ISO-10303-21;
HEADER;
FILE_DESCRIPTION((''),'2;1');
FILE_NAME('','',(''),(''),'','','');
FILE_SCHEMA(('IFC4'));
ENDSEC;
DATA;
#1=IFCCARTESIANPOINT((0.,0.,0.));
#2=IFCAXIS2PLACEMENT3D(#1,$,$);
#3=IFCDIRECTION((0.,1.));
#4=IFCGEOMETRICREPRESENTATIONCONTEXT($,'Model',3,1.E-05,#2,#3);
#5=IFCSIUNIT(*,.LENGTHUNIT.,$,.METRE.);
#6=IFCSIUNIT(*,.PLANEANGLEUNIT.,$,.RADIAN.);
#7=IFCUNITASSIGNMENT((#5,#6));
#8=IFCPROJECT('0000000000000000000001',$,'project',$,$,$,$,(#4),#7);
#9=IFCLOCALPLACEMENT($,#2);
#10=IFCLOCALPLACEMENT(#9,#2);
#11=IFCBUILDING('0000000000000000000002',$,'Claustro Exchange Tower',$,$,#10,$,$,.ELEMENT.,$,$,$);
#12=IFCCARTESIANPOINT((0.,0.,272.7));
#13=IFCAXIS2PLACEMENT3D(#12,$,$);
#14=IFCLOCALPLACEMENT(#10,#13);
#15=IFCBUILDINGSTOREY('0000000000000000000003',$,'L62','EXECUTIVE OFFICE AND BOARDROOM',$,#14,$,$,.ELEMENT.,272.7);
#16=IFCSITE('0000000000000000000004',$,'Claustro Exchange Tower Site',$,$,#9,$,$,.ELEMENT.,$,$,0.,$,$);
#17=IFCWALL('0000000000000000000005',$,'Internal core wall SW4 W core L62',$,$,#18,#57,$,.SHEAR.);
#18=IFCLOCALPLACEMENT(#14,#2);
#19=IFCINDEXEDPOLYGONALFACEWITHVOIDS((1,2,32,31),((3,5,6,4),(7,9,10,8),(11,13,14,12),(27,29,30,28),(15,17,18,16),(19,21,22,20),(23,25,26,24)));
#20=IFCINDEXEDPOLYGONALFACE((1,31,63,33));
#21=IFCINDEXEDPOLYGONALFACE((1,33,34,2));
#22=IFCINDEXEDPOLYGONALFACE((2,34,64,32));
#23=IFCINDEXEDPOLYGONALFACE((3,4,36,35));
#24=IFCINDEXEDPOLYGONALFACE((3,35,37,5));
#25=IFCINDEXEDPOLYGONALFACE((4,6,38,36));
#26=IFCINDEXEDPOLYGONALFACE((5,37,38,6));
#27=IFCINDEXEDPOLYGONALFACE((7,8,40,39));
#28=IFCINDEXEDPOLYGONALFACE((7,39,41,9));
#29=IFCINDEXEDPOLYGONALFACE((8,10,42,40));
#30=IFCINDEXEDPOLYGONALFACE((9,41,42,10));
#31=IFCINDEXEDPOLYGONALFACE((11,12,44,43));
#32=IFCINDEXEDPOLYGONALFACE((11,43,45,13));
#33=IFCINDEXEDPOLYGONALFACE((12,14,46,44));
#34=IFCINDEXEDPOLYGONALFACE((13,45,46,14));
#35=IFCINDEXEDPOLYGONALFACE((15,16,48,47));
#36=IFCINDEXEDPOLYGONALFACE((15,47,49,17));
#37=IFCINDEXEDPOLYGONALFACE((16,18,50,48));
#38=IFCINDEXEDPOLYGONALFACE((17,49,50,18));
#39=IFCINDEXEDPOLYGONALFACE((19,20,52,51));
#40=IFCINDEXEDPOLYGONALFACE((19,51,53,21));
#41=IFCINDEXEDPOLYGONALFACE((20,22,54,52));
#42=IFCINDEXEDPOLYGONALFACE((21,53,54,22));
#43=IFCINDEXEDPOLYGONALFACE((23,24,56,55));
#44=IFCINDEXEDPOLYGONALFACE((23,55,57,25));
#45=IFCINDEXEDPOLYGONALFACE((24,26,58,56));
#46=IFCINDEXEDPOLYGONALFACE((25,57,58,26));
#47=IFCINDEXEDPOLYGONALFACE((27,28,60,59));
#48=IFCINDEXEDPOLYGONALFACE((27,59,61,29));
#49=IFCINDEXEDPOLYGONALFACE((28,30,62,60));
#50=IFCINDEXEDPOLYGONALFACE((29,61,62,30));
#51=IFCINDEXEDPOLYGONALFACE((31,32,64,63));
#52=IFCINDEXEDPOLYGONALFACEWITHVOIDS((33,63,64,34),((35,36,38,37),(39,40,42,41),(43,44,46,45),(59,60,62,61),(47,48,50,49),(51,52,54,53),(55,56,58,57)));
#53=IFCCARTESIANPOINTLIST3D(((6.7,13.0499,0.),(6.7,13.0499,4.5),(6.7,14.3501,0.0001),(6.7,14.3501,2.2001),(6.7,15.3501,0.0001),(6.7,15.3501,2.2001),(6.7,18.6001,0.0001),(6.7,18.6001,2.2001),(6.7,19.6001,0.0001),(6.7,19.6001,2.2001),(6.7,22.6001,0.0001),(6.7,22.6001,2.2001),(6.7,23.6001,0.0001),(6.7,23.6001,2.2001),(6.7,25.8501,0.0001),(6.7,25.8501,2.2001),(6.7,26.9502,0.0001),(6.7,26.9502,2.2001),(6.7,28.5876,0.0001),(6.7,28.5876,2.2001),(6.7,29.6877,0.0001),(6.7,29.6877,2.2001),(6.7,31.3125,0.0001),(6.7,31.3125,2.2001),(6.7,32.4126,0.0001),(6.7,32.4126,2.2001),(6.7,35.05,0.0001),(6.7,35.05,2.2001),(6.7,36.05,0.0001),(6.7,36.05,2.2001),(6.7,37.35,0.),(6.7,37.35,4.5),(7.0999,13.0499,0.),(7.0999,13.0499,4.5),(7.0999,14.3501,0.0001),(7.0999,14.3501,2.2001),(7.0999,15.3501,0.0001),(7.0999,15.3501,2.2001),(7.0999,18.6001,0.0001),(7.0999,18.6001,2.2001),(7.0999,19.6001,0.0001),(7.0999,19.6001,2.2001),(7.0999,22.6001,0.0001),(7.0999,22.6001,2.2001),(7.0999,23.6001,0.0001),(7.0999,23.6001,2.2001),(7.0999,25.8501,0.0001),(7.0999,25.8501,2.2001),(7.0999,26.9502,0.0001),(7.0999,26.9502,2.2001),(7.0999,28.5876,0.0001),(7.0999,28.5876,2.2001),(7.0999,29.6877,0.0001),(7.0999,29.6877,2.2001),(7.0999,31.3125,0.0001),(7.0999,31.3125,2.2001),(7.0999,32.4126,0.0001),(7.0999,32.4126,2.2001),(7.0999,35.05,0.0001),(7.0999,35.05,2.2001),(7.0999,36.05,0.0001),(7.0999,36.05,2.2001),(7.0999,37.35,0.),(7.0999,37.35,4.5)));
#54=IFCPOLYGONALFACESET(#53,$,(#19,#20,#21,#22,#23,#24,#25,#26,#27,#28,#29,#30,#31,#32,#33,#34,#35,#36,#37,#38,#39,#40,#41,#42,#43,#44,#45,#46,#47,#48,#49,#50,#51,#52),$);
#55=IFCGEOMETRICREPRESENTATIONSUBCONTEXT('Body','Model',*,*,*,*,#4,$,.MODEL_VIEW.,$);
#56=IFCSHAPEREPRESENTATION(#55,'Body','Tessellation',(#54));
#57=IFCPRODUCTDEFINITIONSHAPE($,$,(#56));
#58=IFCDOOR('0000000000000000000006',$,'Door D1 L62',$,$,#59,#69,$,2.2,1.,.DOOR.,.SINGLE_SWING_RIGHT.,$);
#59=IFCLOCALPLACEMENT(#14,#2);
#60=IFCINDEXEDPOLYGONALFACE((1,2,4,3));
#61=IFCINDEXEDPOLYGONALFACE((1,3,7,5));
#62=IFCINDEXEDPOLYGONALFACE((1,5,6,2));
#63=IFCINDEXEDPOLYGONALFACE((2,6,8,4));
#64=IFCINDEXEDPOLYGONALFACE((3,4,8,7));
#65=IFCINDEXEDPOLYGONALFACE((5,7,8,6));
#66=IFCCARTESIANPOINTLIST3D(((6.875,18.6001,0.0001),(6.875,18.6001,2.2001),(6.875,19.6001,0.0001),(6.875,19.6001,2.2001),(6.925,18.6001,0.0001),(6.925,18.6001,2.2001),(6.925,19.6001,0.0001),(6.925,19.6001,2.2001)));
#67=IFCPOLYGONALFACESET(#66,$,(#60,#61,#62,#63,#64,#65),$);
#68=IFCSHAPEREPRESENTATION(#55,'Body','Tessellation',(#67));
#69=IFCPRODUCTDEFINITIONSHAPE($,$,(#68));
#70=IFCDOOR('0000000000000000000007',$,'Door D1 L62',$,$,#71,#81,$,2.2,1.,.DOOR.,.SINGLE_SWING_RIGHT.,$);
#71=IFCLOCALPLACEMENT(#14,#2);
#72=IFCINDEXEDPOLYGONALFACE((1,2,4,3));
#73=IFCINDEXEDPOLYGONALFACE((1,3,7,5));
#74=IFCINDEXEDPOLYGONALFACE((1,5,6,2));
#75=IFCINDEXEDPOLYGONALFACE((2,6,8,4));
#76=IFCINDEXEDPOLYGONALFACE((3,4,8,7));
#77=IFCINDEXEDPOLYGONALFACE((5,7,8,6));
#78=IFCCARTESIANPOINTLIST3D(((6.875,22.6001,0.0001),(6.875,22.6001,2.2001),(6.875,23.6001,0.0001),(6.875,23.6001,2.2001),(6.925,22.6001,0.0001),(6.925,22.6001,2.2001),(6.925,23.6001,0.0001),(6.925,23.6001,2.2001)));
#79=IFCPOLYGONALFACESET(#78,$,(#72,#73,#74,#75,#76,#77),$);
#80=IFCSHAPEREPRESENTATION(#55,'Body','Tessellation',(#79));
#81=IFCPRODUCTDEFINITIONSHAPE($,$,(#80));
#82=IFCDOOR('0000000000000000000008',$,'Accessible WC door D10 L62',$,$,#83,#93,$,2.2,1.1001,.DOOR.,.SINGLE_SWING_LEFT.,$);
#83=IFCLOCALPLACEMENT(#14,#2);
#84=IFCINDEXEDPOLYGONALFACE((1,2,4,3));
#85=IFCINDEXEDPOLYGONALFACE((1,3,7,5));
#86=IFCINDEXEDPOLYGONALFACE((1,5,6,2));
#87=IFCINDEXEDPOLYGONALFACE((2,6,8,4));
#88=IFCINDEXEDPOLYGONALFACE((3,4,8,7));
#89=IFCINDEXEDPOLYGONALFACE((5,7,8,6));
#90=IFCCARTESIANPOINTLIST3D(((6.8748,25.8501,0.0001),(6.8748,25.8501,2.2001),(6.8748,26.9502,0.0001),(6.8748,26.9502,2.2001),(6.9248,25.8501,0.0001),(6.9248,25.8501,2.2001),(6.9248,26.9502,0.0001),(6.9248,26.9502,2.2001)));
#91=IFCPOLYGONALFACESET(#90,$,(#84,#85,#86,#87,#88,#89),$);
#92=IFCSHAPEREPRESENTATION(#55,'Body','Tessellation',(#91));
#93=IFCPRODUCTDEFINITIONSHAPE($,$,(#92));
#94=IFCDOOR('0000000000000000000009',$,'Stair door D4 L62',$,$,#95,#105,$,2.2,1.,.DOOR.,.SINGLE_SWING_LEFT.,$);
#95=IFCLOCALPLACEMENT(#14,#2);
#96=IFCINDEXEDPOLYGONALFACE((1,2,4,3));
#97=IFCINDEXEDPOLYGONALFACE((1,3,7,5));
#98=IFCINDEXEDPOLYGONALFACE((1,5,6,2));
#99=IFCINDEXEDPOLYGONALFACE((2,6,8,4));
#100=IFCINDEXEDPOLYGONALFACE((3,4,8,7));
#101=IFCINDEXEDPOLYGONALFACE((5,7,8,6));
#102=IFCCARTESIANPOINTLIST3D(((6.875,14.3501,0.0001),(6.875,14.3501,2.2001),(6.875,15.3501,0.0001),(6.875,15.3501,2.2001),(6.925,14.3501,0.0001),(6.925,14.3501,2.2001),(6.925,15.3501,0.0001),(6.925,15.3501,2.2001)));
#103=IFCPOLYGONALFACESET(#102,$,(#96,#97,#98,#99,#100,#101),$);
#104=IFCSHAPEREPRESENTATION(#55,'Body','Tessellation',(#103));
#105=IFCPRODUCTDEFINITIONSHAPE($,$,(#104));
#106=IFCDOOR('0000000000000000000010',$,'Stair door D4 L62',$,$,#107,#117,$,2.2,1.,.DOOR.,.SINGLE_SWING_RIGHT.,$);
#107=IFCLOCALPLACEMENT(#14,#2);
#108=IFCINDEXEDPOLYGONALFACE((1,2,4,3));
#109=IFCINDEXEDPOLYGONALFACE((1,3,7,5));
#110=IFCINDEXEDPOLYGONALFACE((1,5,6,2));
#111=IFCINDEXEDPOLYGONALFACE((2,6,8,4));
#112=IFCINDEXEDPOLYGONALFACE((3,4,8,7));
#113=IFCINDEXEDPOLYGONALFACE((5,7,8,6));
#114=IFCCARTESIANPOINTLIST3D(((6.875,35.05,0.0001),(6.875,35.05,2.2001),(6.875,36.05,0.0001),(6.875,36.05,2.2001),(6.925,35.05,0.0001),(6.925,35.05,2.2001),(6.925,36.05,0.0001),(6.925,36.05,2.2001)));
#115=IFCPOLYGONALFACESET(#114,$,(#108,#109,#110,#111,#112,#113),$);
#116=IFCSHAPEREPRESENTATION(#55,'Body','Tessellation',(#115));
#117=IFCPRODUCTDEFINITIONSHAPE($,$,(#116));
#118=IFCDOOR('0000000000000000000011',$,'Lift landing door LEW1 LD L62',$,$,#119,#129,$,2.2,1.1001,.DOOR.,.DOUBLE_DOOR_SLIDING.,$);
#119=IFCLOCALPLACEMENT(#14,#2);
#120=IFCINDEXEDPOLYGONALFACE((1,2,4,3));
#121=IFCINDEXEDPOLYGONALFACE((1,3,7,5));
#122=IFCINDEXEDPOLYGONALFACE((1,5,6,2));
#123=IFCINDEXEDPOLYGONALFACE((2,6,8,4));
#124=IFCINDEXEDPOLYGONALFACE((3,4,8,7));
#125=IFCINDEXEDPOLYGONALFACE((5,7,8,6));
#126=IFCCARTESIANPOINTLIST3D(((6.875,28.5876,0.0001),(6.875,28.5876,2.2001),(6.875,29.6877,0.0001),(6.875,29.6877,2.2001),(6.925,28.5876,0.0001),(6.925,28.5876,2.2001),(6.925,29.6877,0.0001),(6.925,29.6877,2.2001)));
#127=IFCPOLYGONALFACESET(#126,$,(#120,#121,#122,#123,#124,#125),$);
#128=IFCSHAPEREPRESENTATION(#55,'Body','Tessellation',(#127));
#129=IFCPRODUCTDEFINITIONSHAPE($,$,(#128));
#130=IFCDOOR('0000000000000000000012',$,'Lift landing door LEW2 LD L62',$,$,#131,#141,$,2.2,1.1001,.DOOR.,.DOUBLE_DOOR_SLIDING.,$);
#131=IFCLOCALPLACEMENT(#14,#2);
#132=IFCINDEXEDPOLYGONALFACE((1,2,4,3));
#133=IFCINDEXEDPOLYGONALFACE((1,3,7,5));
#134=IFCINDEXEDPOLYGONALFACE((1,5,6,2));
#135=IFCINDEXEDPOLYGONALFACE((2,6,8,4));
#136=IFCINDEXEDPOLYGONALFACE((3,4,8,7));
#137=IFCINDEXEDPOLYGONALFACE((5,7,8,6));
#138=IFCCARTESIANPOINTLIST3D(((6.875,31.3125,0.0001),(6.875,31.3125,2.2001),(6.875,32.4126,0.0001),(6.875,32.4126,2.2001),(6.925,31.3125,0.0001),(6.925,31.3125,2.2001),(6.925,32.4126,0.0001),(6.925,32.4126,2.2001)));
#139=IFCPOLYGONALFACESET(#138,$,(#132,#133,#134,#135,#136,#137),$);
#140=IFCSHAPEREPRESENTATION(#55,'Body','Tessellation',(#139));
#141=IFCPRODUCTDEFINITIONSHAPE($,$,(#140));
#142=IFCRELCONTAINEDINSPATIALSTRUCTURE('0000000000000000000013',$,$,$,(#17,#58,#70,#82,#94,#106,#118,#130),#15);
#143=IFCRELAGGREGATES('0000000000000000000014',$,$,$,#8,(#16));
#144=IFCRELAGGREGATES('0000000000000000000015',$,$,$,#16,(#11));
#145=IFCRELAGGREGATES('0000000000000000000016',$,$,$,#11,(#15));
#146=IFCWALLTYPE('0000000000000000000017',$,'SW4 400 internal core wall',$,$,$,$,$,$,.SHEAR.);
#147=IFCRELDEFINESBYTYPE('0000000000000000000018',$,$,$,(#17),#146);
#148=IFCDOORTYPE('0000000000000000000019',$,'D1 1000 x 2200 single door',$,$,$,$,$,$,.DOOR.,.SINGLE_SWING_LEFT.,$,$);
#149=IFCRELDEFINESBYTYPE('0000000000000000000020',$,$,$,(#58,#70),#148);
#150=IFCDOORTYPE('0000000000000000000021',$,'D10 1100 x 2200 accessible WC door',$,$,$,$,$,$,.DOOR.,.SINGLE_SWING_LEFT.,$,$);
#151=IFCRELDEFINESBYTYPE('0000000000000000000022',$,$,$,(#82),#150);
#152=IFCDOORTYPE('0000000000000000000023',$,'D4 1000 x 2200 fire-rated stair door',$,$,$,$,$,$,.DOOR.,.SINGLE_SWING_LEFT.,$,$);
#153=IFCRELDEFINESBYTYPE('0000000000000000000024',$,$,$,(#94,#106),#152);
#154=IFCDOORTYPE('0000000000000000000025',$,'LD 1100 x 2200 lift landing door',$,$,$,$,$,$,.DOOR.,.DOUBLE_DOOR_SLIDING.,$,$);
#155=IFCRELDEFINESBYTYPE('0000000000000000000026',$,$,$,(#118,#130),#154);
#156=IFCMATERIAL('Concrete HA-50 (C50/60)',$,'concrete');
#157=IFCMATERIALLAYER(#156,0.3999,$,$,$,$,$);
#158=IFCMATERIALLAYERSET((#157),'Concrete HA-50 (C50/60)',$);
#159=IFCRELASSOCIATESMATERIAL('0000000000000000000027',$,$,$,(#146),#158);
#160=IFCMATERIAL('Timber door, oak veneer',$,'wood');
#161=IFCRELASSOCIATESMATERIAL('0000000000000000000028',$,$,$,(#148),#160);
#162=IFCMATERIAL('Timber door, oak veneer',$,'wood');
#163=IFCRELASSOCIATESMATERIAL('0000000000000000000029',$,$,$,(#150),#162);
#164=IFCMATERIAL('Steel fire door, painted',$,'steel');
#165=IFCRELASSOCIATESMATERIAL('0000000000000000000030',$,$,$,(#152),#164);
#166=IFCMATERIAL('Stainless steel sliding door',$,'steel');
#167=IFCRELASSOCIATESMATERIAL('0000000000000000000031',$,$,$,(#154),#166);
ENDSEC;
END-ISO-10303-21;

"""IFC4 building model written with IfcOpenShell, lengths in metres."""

from ifc_helpers import new_model, si_unit, direction, frame, frame_2d, origin, place, context, subcontext, project, spatial, rectangle, extrude, material, layer, layer_set, type_object, element, fill, save


model = new_model("IFC4")

# Units and contexts
model_context = context("Model", 3, precision=1e-05, world=origin(), true_north=direction((0.0, 1.0)))
body_context = subcontext(model_context, "Body", "Model", "MODEL_VIEW")
ifc_project = project(units=[si_unit("LENGTHUNIT", "METRE"), si_unit("PLANEANGLEUNIT", "RADIAN")], contexts=[model_context])

# Site, building, storey
site_placement = place(None, origin())
site = spatial("IfcSite", under=ifc_project, at=site_placement, Name="Claustro Exchange Tower Site", CompositionType="ELEMENT", RefElevation=0.0)
building_placement = place(site_placement, origin())
building = spatial("IfcBuilding", under=site, at=building_placement, Name="Claustro Exchange Tower", CompositionType="ELEMENT")
storey_placement = place(building_placement, frame((0.0, 0.0, 272.7)))
storey = spatial("IfcBuildingStorey", under=building, at=storey_placement, Name="L62", Description="EXECUTIVE OFFICE AND BOARDROOM", CompositionType="ELEMENT", Elevation=272.7)

# Wall, openings, doors
ifc_material_1 = material(Name="Concrete HA-50 (C50/60)", Category="concrete")
ifc_layer_1 = layer(ifc_material_1, 0.3999)
ifc_layer_set_1 = layer_set([ifc_layer_1], Name="Concrete HA-50 (C50/60)")
wall_type_1 = type_object("IfcWallType", Name="SW4 400 internal core wall", PredefinedType="SHEAR", material=ifc_layer_set_1)
wall_1_placement = place(storey_placement, frame((6.8999, 13.05, 0.0), z_axis=(0.0, 0.0, 1.0), x_axis=(0.0, 1.0, 0.0)))
wall_1 = element("IfcWall", 1, at=wall_1_placement, inside=storey, type_object=wall_type_1, Name="Internal core wall SW4 W core L62", PredefinedType="SHEAR", context=body_context, shape_type="SweptSolid", body=[
    extrude(rectangle(XDim=24.3, YDim=0.3999, at=frame_2d((12.1499, 0.0))), origin(), (0.0, 0.0, 1.0), 4.5),
])
opening_1_placement = place(wall_1_placement, frame((1.3, 0.0, 0.0)))
opening_1 = element("IfcOpeningElement", 2, at=opening_1_placement, cuts=wall_1, PredefinedType="OPENING", context=body_context, shape_type="SweptSolid", body=[
    extrude(rectangle(XDim=1.0, YDim=2.2, at=frame_2d((0.5, 1.1001))), frame((0.0, 0.21, 0.0), z_axis=(0.0, -1.0, 0.0), x_axis=(1.0, 0.0, 0.0)), (0.0, 0.0, 1.0), 0.4199),
])
opening_2_placement = place(wall_1_placement, frame((22.0, 0.0, 0.0)))
opening_2 = element("IfcOpeningElement", 3, at=opening_2_placement, cuts=wall_1, PredefinedType="OPENING", context=body_context, shape_type="SweptSolid", body=[
    extrude(rectangle(XDim=1.0, YDim=2.2, at=frame_2d((0.5, 1.1001))), frame((0.0, 0.21, 0.0), z_axis=(0.0, -1.0, 0.0), x_axis=(1.0, 0.0, 0.0)), (0.0, 0.0, 1.0), 0.4199),
])
opening_3_placement = place(wall_1_placement, frame((5.55, 0.0, 0.0)))
opening_3 = element("IfcOpeningElement", 4, at=opening_3_placement, cuts=wall_1, PredefinedType="OPENING", context=body_context, shape_type="SweptSolid", body=[
    extrude(rectangle(XDim=1.0, YDim=2.2, at=frame_2d((0.5, 1.1001))), frame((0.0, 0.21, 0.0), z_axis=(0.0, -1.0, 0.0), x_axis=(1.0, 0.0, 0.0)), (0.0, 0.0, 1.0), 0.4199),
])
opening_4_placement = place(wall_1_placement, frame((9.55, 0.0, 0.0)))
opening_4 = element("IfcOpeningElement", 5, at=opening_4_placement, cuts=wall_1, PredefinedType="OPENING", context=body_context, shape_type="SweptSolid", body=[
    extrude(rectangle(XDim=1.0, YDim=2.2, at=frame_2d((0.5, 1.1001))), frame((0.0, 0.21, 0.0), z_axis=(0.0, -1.0, 0.0), x_axis=(1.0, 0.0, 0.0)), (0.0, 0.0, 1.0), 0.4199),
])
opening_5_placement = place(wall_1_placement, frame((12.8, 0.0, 0.0)))
opening_5 = element("IfcOpeningElement", 6, at=opening_5_placement, cuts=wall_1, PredefinedType="OPENING", context=body_context, shape_type="SweptSolid", body=[
    extrude(rectangle(XDim=1.1001, YDim=2.2, at=frame_2d((0.55, 1.1001))), frame((0.0, 0.21, 0.0), z_axis=(0.0, -1.0, 0.0), x_axis=(1.0, 0.0, 0.0)), (0.0, 0.0, 1.0), 0.4199),
])
opening_6_placement = place(wall_1_placement, frame((15.5376, 0.0, 0.0)))
opening_6 = element("IfcOpeningElement", 7, at=opening_6_placement, cuts=wall_1, PredefinedType="OPENING", context=body_context, shape_type="SweptSolid", body=[
    extrude(rectangle(XDim=1.1001, YDim=2.2, at=frame_2d((0.55, 1.1001))), frame((0.0, 0.21, 0.0), z_axis=(0.0, -1.0, 0.0), x_axis=(1.0, 0.0, 0.0)), (0.0, 0.0, 1.0), 0.4199),
])
opening_7_placement = place(wall_1_placement, frame((18.2625, 0.0, 0.0)))
opening_7 = element("IfcOpeningElement", 8, at=opening_7_placement, cuts=wall_1, PredefinedType="OPENING", context=body_context, shape_type="SweptSolid", body=[
    extrude(rectangle(XDim=1.1001, YDim=2.2, at=frame_2d((0.55, 1.1001))), frame((0.0, 0.21, 0.0), z_axis=(0.0, -1.0, 0.0), x_axis=(1.0, 0.0, 0.0)), (0.0, 0.0, 1.0), 0.4199),
])
ifc_material_2 = material(Name="Timber door, oak veneer", Category="wood")
door_type_1 = type_object("IfcDoorType", Name="D1 1000 x 2200 single door", OperationType="SINGLE_SWING_LEFT", PredefinedType="DOOR", material=ifc_material_2)
door_1_placement = place(opening_3_placement, origin())
door_1 = element("IfcDoor", 9, at=door_1_placement, inside=storey, type_object=door_type_1, Name="Door D1 L62", OperationType="SINGLE_SWING_RIGHT", OverallHeight=2.2, OverallWidth=1.0, PredefinedType="DOOR", context=body_context, shape_type="SweptSolid", body=[
    extrude(rectangle(XDim=1.0, YDim=2.2, at=frame_2d((0.5, 1.1001))), frame((0.0, 0.0249, 0.0), z_axis=(0.0, -1.0, 0.0), x_axis=(1.0, 0.0, 0.0)), (0.0, 0.0, 1.0), 0.05),
])
fill(opening_3, door_1)
door_2_placement = place(opening_4_placement, origin())
door_2 = element("IfcDoor", 10, at=door_2_placement, inside=storey, type_object=door_type_1, Name="Door D1 L62", OperationType="SINGLE_SWING_RIGHT", OverallHeight=2.2, OverallWidth=1.0, PredefinedType="DOOR", context=body_context, shape_type="SweptSolid", body=[
    extrude(rectangle(XDim=1.0, YDim=2.2, at=frame_2d((0.5, 1.1001))), frame((0.0, 0.0249, 0.0), z_axis=(0.0, -1.0, 0.0), x_axis=(1.0, 0.0, 0.0)), (0.0, 0.0, 1.0), 0.05),
])
fill(opening_4, door_2)
ifc_material_3 = material(Name="Timber door, oak veneer", Category="wood")
door_type_2 = type_object("IfcDoorType", Name="D10 1100 x 2200 accessible WC door", OperationType="SINGLE_SWING_LEFT", PredefinedType="DOOR", material=ifc_material_3)
door_3_placement = place(opening_5_placement, frame((1.1001, 0.0, 0.0), z_axis=(0.0, 0.0, 1.0), x_axis=(-1.0, 0.0, 0.0)))
door_3 = element("IfcDoor", 11, at=door_3_placement, inside=storey, type_object=door_type_2, Name="Accessible WC door D10 L62", OperationType="SINGLE_SWING_LEFT", OverallHeight=2.2, OverallWidth=1.1001, PredefinedType="DOOR", context=body_context, shape_type="SweptSolid", body=[
    extrude(rectangle(XDim=1.1001, YDim=2.2, at=frame_2d((0.55, 1.1001))), frame((0.0, 0.0249, 0.0), z_axis=(0.0, -1.0, 0.0), x_axis=(1.0, 0.0, 0.0)), (0.0, 0.0, 1.0), 0.05),
])
fill(opening_5, door_3)
ifc_material_4 = material(Name="Steel fire door, painted", Category="steel")
door_type_3 = type_object("IfcDoorType", Name="D4 1000 x 2200 fire-rated stair door", OperationType="SINGLE_SWING_LEFT", PredefinedType="DOOR", material=ifc_material_4)
door_4_placement = place(opening_1_placement, origin())
door_4 = element("IfcDoor", 12, at=door_4_placement, inside=storey, type_object=door_type_3, Name="Stair door D4 L62", OperationType="SINGLE_SWING_LEFT", OverallHeight=2.2, OverallWidth=1.0, PredefinedType="DOOR", context=body_context, shape_type="SweptSolid", body=[
    extrude(rectangle(XDim=1.0, YDim=2.2, at=frame_2d((0.5, 1.1001))), frame((0.0, 0.0249, 0.0), z_axis=(0.0, -1.0, 0.0), x_axis=(1.0, 0.0, 0.0)), (0.0, 0.0, 1.0), 0.05),
])
fill(opening_1, door_4)
door_5_placement = place(opening_2_placement, origin())
door_5 = element("IfcDoor", 13, at=door_5_placement, inside=storey, type_object=door_type_3, Name="Stair door D4 L62", OperationType="SINGLE_SWING_RIGHT", OverallHeight=2.2, OverallWidth=1.0, PredefinedType="DOOR", context=body_context, shape_type="SweptSolid", body=[
    extrude(rectangle(XDim=1.0, YDim=2.2, at=frame_2d((0.5, 1.1001))), frame((0.0, 0.0249, 0.0), z_axis=(0.0, -1.0, 0.0), x_axis=(1.0, 0.0, 0.0)), (0.0, 0.0, 1.0), 0.05),
])
fill(opening_2, door_5)
ifc_material_5 = material(Name="Stainless steel sliding door", Category="steel")
door_type_4 = type_object("IfcDoorType", Name="LD 1100 x 2200 lift landing door", OperationType="DOUBLE_DOOR_SLIDING", PredefinedType="DOOR", material=ifc_material_5)
door_6_placement = place(opening_6_placement, origin())
door_6 = element("IfcDoor", 14, at=door_6_placement, inside=storey, type_object=door_type_4, Name="Lift landing door LEW1 LD L62", OperationType="DOUBLE_DOOR_SLIDING", OverallHeight=2.2, OverallWidth=1.1001, PredefinedType="DOOR", context=body_context, shape_type="SweptSolid", body=[
    extrude(rectangle(XDim=1.1001, YDim=2.2, at=frame_2d((0.55, 1.1001))), frame((0.0, 0.0249, 0.0), z_axis=(0.0, -1.0, 0.0), x_axis=(1.0, 0.0, 0.0)), (0.0, 0.0, 1.0), 0.05),
])
fill(opening_6, door_6)
door_7_placement = place(opening_7_placement, origin())
door_7 = element("IfcDoor", 15, at=door_7_placement, inside=storey, type_object=door_type_4, Name="Lift landing door LEW2 LD L62", OperationType="DOUBLE_DOOR_SLIDING", OverallHeight=2.2, OverallWidth=1.1001, PredefinedType="DOOR", context=body_context, shape_type="SweptSolid", body=[
    extrude(rectangle(XDim=1.1001, YDim=2.2, at=frame_2d((0.55, 1.1001))), frame((0.0, 0.0249, 0.0), z_axis=(0.0, -1.0, 0.0), x_axis=(1.0, 0.0, 0.0)), (0.0, 0.0, 1.0), 0.05),
])
fill(opening_7, door_7)

save(model, "model.ifc")
